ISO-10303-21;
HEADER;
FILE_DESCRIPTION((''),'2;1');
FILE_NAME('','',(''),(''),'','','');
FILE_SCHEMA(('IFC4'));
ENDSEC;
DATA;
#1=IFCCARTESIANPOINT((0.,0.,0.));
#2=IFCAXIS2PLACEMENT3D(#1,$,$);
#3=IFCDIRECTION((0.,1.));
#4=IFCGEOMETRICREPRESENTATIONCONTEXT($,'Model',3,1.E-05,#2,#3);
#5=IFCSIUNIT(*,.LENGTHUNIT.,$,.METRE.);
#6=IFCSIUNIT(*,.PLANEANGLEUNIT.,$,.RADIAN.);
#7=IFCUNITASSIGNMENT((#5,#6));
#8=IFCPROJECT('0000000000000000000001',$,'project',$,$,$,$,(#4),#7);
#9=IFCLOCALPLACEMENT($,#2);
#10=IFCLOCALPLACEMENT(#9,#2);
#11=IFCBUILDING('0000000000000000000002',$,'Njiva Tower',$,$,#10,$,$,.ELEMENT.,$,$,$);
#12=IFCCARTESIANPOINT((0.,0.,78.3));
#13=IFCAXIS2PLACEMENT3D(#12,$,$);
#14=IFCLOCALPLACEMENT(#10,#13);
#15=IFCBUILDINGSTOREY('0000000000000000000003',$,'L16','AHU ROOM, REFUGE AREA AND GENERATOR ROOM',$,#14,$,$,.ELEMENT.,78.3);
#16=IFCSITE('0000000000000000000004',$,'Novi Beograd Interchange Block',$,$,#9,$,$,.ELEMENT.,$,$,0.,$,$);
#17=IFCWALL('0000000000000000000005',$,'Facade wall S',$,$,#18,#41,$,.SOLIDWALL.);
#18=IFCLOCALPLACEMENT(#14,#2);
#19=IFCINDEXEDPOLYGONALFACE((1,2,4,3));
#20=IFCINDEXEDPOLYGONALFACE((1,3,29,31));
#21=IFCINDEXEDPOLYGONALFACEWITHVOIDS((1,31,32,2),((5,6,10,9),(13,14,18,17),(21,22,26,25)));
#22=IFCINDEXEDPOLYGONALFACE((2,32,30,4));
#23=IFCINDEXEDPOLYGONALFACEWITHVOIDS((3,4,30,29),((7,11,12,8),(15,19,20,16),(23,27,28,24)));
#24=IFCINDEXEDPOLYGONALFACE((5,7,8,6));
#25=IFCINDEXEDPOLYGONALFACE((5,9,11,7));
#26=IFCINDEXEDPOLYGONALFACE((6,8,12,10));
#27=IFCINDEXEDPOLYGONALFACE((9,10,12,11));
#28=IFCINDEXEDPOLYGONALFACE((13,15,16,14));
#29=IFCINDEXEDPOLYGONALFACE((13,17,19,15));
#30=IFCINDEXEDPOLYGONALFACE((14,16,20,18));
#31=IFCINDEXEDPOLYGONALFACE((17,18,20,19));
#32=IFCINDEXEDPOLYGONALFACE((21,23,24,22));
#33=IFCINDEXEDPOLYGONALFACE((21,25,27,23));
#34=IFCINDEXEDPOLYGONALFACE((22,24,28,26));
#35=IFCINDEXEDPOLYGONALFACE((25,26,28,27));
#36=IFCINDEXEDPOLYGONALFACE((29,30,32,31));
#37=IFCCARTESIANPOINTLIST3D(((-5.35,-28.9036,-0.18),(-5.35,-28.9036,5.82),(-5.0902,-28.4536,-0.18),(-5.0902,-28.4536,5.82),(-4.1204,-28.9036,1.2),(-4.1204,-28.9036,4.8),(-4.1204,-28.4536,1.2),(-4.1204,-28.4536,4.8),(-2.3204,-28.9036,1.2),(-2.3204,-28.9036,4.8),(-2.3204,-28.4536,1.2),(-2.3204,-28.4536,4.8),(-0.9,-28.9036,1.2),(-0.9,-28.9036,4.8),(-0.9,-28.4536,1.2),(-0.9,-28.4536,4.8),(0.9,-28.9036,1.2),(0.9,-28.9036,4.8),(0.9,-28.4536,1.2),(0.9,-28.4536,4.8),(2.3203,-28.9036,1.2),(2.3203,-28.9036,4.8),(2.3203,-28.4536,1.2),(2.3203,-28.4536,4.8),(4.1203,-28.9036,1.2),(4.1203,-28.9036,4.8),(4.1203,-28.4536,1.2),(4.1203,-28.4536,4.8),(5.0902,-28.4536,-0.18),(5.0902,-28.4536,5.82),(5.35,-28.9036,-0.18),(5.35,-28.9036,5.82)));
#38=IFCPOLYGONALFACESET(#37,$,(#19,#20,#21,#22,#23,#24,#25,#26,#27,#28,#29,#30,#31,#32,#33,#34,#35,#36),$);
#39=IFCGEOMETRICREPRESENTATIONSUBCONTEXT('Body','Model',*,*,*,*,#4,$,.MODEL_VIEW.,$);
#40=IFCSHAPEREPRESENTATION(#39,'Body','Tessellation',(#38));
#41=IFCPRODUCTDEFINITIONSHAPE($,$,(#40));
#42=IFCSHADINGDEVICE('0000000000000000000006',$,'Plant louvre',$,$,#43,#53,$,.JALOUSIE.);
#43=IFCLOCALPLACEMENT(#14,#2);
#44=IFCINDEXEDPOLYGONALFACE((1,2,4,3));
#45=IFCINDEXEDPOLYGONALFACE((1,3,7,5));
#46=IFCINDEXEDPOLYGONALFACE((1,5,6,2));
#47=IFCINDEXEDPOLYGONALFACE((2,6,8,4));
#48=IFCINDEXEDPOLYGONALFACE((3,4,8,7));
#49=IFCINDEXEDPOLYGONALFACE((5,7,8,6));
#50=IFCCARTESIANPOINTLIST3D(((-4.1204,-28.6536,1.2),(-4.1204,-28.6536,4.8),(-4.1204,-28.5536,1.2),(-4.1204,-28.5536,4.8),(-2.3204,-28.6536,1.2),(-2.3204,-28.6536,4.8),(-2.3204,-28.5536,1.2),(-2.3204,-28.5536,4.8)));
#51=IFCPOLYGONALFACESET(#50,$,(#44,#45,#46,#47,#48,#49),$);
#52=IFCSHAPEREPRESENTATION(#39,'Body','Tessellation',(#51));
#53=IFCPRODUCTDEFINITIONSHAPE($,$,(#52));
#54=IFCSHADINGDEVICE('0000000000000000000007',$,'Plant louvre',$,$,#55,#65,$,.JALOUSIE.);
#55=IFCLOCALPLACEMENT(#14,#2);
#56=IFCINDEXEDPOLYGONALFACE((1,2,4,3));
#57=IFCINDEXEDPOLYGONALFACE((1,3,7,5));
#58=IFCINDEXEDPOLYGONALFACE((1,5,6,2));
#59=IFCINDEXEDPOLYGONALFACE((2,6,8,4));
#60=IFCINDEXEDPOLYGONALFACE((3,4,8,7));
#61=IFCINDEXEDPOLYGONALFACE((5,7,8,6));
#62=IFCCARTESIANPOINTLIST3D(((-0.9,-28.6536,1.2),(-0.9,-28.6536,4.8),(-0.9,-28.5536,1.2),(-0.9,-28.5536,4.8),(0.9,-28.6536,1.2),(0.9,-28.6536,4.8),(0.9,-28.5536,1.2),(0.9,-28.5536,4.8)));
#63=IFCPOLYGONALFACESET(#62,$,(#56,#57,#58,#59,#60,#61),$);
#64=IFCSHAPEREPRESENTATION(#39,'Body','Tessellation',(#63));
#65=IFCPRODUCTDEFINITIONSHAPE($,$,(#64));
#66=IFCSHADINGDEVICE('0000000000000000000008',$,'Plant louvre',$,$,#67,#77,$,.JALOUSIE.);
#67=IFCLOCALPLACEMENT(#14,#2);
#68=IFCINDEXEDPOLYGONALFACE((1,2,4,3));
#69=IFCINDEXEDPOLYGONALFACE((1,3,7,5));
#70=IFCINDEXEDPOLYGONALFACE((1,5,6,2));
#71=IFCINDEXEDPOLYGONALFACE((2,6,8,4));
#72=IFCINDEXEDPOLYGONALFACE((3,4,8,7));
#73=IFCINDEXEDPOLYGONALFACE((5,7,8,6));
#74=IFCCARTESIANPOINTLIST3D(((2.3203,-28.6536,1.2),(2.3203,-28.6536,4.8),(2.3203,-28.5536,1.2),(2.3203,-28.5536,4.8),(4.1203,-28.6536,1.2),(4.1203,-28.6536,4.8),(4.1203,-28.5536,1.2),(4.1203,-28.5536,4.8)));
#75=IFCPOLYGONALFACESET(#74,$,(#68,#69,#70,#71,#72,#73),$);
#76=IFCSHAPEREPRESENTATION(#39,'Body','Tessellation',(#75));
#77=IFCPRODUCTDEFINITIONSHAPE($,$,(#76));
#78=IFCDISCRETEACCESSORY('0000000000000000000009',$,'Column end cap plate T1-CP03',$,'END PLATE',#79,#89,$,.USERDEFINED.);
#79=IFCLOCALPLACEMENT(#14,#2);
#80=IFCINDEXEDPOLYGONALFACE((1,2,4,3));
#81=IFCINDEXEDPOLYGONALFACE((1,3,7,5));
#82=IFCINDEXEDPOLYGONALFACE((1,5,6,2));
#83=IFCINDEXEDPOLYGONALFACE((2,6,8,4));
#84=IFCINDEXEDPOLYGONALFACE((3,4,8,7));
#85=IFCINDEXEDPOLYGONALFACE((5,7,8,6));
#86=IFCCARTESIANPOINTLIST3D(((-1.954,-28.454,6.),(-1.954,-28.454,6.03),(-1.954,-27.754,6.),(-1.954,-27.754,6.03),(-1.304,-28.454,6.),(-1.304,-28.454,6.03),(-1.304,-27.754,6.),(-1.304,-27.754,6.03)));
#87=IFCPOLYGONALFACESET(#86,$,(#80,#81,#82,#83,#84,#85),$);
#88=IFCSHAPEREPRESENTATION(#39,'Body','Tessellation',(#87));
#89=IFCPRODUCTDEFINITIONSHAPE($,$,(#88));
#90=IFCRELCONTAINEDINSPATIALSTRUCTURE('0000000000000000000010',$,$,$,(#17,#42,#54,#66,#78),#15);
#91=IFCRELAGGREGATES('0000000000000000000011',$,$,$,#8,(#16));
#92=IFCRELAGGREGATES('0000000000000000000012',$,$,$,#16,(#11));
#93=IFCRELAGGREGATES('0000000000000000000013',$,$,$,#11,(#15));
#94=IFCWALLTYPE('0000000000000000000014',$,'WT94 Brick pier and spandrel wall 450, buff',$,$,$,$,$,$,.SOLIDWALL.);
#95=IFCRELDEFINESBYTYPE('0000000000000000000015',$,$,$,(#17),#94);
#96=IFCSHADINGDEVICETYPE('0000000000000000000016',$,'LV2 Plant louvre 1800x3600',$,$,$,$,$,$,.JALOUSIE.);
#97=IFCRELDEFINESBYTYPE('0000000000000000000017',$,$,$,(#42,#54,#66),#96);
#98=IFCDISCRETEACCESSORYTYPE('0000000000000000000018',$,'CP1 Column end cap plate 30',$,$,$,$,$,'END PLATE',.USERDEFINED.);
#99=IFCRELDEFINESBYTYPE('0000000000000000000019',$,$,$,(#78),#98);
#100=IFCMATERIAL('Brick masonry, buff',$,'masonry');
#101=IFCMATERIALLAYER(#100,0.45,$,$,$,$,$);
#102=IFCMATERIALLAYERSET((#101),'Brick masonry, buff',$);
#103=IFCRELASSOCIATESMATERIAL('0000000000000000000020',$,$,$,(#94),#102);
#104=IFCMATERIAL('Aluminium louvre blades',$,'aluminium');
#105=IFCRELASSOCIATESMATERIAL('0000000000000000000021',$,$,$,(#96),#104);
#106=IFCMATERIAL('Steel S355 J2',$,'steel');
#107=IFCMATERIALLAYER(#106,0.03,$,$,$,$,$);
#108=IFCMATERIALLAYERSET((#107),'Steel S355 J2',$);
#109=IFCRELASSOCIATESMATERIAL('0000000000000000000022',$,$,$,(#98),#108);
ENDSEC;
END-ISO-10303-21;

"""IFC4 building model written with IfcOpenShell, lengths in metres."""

from ifc_helpers import new_model, si_unit, direction, frame, frame_2d, origin, place, context, subcontext, project, spatial, polyline, rectangle, outline, extrude, material, layer, layer_set, type_object, element, fill, save


model = new_model("IFC4")

# Units and contexts
model_context = context("Model", 3, precision=1e-05, world=origin(), true_north=direction((0.0, 1.0)))
body_context = subcontext(model_context, "Body", "Model", "MODEL_VIEW")
ifc_project = project(units=[si_unit("LENGTHUNIT", "METRE"), si_unit("PLANEANGLEUNIT", "RADIAN")], contexts=[model_context])

# Site, building, storey
site_placement = place(None, origin())
site = spatial("IfcSite", under=ifc_project, at=site_placement, Name="Novi Beograd Interchange Block", CompositionType="ELEMENT", RefElevation=0.0)
building_placement = place(site_placement, origin())
building = spatial("IfcBuilding", under=site, at=building_placement, Name="Njiva Tower", CompositionType="ELEMENT")
storey_placement = place(building_placement, frame((0.0, 0.0, 78.3)))
storey = spatial("IfcBuildingStorey", under=building, at=storey_placement, Name="L16", Description="AHU ROOM, REFUGE AREA AND GENERATOR ROOM", CompositionType="ELEMENT", Elevation=78.3)

# Shared definitions
ifc_material_1 = material(Name="Steel S355 J2", Category="steel")

# Wall, openings, shading devices
ifc_material_2 = material(Name="Brick masonry, buff", Category="masonry")
ifc_layer_1 = layer(ifc_material_2, 0.45)
ifc_layer_set_1 = layer_set([ifc_layer_1], Name="Brick masonry, buff")
wall_type_1 = type_object("IfcWallType", Name="WT94 Brick pier and spandrel wall 450, buff", PredefinedType="SOLIDWALL", material=ifc_layer_set_1)
wall_1_placement = place(storey_placement, frame((-5.2201, -28.6786, -0.18), z_axis=(0.0, 0.0, 1.0), x_axis=(1.0, 0.0, 0.0)))
wall_1 = element("IfcWall", 1, at=wall_1_placement, inside=storey, type_object=wall_type_1, Name="Facade wall S", PredefinedType="SOLIDWALL", context=body_context, shape_type="SweptSolid", body=[
    extrude(outline(polyline([(-0.1299, -0.225), (10.5701, -0.225), (10.3103, 0.225), (0.1299, 0.225), (-0.1299, -0.225)])), origin(), (0.0, 0.0, 1.0), 6.0),
])
opening_1_placement = place(wall_1_placement, frame((1.0997, 0.0, 1.38)))
opening_1 = element("IfcOpeningElement", 2, at=opening_1_placement, cuts=wall_1, PredefinedType="OPENING", context=body_context, shape_type="SweptSolid", body=[
    extrude(rectangle(XDim=1.8, YDim=3.6, at=frame_2d((0.9, 1.8))), frame((0.0, 0.235, 0.0), z_axis=(0.0, -1.0, 0.0), x_axis=(1.0, 0.0, 0.0)), (0.0, 0.0, 1.0), 0.47),
])
opening_2_placement = place(wall_1_placement, frame((4.3201, 0.0, 1.38)))
opening_2 = element("IfcOpeningElement", 3, at=opening_2_placement, cuts=wall_1, PredefinedType="OPENING", context=body_context, shape_type="SweptSolid", body=[
    extrude(rectangle(XDim=1.8, YDim=3.6, at=frame_2d((0.9, 1.8))), frame((0.0, 0.235, 0.0), z_axis=(0.0, -1.0, 0.0), x_axis=(1.0, 0.0, 0.0)), (0.0, 0.0, 1.0), 0.47),
])
opening_3_placement = place(wall_1_placement, frame((7.5404, 0.0, 1.38)))
opening_3 = element("IfcOpeningElement", 4, at=opening_3_placement, cuts=wall_1, PredefinedType="OPENING", context=body_context, shape_type="SweptSolid", body=[
    extrude(rectangle(XDim=1.8, YDim=3.6, at=frame_2d((0.9, 1.8))), frame((0.0, 0.235, 0.0), z_axis=(0.0, -1.0, 0.0), x_axis=(1.0, 0.0, 0.0)), (0.0, 0.0, 1.0), 0.47),
])
ifc_material_3 = material(Name="Aluminium louvre blades", Category="aluminium")
shading_device_type = type_object("IfcShadingDeviceType", Name="LV2 Plant louvre 1800x3600", PredefinedType="JALOUSIE", material=ifc_material_3)
shading_device_1_placement = place(opening_1_placement, origin())
shading_device_1 = element("IfcShadingDevice", 5, at=shading_device_1_placement, inside=storey, type_object=shading_device_type, Name="Plant louvre", PredefinedType="JALOUSIE", context=body_context, shape_type="SweptSolid", body=[
    extrude(rectangle(XDim=1.8, YDim=3.6, at=frame_2d((0.9, 1.8))), frame((0.0, 0.125, 0.0), z_axis=(0.0, -1.0, 0.0), x_axis=(1.0, 0.0, 0.0)), (0.0, 0.0, 1.0), 0.1),
])
fill(opening_1, shading_device_1)
shading_device_2_placement = place(opening_2_placement, origin())
shading_device_2 = element("IfcShadingDevice", 6, at=shading_device_2_placement, inside=storey, type_object=shading_device_type, Name="Plant louvre", PredefinedType="JALOUSIE", context=body_context, shape_type="SweptSolid", body=[
    extrude(rectangle(XDim=1.8, YDim=3.6, at=frame_2d((0.9, 1.8))), frame((0.0, 0.125, 0.0), z_axis=(0.0, -1.0, 0.0), x_axis=(1.0, 0.0, 0.0)), (0.0, 0.0, 1.0), 0.1),
])
fill(opening_2, shading_device_2)
shading_device_3_placement = place(opening_3_placement, origin())
shading_device_3 = element("IfcShadingDevice", 7, at=shading_device_3_placement, inside=storey, type_object=shading_device_type, Name="Plant louvre", PredefinedType="JALOUSIE", context=body_context, shape_type="SweptSolid", body=[
    extrude(rectangle(XDim=1.8, YDim=3.6, at=frame_2d((0.9, 1.8))), frame((0.0, 0.125, 0.0), z_axis=(0.0, -1.0, 0.0), x_axis=(1.0, 0.0, 0.0)), (0.0, 0.0, 1.0), 0.1),
])
fill(opening_3, shading_device_3)

# Discrete accessory
ifc_layer_2 = layer(ifc_material_1, 0.03)
ifc_layer_set_2 = layer_set([ifc_layer_2], Name="Steel S355 J2")
discrete_accessory_type = type_object("IfcDiscreteAccessoryType", Name="CP1 Column end cap plate 30", ElementType="END PLATE", PredefinedType="USERDEFINED", material=ifc_layer_set_2)
discrete_accessory_placement = place(storey_placement, frame((-1.629, -28.104, 6.0)))
element("IfcDiscreteAccessory", 8, at=discrete_accessory_placement, inside=storey, type_object=discrete_accessory_type, Name="Column end cap plate T1-CP03", ObjectType="END PLATE", PredefinedType="USERDEFINED", context=body_context, shape_type="SweptSolid", body=[
    extrude(outline(polyline([(0.325, 0.35), (-0.325, 0.35), (-0.325, -0.35), (0.325, -0.35), (0.325, 0.35)])), origin(), (0.0, 0.0, 1.0), 0.03),
])

save(model, "model.ifc")
